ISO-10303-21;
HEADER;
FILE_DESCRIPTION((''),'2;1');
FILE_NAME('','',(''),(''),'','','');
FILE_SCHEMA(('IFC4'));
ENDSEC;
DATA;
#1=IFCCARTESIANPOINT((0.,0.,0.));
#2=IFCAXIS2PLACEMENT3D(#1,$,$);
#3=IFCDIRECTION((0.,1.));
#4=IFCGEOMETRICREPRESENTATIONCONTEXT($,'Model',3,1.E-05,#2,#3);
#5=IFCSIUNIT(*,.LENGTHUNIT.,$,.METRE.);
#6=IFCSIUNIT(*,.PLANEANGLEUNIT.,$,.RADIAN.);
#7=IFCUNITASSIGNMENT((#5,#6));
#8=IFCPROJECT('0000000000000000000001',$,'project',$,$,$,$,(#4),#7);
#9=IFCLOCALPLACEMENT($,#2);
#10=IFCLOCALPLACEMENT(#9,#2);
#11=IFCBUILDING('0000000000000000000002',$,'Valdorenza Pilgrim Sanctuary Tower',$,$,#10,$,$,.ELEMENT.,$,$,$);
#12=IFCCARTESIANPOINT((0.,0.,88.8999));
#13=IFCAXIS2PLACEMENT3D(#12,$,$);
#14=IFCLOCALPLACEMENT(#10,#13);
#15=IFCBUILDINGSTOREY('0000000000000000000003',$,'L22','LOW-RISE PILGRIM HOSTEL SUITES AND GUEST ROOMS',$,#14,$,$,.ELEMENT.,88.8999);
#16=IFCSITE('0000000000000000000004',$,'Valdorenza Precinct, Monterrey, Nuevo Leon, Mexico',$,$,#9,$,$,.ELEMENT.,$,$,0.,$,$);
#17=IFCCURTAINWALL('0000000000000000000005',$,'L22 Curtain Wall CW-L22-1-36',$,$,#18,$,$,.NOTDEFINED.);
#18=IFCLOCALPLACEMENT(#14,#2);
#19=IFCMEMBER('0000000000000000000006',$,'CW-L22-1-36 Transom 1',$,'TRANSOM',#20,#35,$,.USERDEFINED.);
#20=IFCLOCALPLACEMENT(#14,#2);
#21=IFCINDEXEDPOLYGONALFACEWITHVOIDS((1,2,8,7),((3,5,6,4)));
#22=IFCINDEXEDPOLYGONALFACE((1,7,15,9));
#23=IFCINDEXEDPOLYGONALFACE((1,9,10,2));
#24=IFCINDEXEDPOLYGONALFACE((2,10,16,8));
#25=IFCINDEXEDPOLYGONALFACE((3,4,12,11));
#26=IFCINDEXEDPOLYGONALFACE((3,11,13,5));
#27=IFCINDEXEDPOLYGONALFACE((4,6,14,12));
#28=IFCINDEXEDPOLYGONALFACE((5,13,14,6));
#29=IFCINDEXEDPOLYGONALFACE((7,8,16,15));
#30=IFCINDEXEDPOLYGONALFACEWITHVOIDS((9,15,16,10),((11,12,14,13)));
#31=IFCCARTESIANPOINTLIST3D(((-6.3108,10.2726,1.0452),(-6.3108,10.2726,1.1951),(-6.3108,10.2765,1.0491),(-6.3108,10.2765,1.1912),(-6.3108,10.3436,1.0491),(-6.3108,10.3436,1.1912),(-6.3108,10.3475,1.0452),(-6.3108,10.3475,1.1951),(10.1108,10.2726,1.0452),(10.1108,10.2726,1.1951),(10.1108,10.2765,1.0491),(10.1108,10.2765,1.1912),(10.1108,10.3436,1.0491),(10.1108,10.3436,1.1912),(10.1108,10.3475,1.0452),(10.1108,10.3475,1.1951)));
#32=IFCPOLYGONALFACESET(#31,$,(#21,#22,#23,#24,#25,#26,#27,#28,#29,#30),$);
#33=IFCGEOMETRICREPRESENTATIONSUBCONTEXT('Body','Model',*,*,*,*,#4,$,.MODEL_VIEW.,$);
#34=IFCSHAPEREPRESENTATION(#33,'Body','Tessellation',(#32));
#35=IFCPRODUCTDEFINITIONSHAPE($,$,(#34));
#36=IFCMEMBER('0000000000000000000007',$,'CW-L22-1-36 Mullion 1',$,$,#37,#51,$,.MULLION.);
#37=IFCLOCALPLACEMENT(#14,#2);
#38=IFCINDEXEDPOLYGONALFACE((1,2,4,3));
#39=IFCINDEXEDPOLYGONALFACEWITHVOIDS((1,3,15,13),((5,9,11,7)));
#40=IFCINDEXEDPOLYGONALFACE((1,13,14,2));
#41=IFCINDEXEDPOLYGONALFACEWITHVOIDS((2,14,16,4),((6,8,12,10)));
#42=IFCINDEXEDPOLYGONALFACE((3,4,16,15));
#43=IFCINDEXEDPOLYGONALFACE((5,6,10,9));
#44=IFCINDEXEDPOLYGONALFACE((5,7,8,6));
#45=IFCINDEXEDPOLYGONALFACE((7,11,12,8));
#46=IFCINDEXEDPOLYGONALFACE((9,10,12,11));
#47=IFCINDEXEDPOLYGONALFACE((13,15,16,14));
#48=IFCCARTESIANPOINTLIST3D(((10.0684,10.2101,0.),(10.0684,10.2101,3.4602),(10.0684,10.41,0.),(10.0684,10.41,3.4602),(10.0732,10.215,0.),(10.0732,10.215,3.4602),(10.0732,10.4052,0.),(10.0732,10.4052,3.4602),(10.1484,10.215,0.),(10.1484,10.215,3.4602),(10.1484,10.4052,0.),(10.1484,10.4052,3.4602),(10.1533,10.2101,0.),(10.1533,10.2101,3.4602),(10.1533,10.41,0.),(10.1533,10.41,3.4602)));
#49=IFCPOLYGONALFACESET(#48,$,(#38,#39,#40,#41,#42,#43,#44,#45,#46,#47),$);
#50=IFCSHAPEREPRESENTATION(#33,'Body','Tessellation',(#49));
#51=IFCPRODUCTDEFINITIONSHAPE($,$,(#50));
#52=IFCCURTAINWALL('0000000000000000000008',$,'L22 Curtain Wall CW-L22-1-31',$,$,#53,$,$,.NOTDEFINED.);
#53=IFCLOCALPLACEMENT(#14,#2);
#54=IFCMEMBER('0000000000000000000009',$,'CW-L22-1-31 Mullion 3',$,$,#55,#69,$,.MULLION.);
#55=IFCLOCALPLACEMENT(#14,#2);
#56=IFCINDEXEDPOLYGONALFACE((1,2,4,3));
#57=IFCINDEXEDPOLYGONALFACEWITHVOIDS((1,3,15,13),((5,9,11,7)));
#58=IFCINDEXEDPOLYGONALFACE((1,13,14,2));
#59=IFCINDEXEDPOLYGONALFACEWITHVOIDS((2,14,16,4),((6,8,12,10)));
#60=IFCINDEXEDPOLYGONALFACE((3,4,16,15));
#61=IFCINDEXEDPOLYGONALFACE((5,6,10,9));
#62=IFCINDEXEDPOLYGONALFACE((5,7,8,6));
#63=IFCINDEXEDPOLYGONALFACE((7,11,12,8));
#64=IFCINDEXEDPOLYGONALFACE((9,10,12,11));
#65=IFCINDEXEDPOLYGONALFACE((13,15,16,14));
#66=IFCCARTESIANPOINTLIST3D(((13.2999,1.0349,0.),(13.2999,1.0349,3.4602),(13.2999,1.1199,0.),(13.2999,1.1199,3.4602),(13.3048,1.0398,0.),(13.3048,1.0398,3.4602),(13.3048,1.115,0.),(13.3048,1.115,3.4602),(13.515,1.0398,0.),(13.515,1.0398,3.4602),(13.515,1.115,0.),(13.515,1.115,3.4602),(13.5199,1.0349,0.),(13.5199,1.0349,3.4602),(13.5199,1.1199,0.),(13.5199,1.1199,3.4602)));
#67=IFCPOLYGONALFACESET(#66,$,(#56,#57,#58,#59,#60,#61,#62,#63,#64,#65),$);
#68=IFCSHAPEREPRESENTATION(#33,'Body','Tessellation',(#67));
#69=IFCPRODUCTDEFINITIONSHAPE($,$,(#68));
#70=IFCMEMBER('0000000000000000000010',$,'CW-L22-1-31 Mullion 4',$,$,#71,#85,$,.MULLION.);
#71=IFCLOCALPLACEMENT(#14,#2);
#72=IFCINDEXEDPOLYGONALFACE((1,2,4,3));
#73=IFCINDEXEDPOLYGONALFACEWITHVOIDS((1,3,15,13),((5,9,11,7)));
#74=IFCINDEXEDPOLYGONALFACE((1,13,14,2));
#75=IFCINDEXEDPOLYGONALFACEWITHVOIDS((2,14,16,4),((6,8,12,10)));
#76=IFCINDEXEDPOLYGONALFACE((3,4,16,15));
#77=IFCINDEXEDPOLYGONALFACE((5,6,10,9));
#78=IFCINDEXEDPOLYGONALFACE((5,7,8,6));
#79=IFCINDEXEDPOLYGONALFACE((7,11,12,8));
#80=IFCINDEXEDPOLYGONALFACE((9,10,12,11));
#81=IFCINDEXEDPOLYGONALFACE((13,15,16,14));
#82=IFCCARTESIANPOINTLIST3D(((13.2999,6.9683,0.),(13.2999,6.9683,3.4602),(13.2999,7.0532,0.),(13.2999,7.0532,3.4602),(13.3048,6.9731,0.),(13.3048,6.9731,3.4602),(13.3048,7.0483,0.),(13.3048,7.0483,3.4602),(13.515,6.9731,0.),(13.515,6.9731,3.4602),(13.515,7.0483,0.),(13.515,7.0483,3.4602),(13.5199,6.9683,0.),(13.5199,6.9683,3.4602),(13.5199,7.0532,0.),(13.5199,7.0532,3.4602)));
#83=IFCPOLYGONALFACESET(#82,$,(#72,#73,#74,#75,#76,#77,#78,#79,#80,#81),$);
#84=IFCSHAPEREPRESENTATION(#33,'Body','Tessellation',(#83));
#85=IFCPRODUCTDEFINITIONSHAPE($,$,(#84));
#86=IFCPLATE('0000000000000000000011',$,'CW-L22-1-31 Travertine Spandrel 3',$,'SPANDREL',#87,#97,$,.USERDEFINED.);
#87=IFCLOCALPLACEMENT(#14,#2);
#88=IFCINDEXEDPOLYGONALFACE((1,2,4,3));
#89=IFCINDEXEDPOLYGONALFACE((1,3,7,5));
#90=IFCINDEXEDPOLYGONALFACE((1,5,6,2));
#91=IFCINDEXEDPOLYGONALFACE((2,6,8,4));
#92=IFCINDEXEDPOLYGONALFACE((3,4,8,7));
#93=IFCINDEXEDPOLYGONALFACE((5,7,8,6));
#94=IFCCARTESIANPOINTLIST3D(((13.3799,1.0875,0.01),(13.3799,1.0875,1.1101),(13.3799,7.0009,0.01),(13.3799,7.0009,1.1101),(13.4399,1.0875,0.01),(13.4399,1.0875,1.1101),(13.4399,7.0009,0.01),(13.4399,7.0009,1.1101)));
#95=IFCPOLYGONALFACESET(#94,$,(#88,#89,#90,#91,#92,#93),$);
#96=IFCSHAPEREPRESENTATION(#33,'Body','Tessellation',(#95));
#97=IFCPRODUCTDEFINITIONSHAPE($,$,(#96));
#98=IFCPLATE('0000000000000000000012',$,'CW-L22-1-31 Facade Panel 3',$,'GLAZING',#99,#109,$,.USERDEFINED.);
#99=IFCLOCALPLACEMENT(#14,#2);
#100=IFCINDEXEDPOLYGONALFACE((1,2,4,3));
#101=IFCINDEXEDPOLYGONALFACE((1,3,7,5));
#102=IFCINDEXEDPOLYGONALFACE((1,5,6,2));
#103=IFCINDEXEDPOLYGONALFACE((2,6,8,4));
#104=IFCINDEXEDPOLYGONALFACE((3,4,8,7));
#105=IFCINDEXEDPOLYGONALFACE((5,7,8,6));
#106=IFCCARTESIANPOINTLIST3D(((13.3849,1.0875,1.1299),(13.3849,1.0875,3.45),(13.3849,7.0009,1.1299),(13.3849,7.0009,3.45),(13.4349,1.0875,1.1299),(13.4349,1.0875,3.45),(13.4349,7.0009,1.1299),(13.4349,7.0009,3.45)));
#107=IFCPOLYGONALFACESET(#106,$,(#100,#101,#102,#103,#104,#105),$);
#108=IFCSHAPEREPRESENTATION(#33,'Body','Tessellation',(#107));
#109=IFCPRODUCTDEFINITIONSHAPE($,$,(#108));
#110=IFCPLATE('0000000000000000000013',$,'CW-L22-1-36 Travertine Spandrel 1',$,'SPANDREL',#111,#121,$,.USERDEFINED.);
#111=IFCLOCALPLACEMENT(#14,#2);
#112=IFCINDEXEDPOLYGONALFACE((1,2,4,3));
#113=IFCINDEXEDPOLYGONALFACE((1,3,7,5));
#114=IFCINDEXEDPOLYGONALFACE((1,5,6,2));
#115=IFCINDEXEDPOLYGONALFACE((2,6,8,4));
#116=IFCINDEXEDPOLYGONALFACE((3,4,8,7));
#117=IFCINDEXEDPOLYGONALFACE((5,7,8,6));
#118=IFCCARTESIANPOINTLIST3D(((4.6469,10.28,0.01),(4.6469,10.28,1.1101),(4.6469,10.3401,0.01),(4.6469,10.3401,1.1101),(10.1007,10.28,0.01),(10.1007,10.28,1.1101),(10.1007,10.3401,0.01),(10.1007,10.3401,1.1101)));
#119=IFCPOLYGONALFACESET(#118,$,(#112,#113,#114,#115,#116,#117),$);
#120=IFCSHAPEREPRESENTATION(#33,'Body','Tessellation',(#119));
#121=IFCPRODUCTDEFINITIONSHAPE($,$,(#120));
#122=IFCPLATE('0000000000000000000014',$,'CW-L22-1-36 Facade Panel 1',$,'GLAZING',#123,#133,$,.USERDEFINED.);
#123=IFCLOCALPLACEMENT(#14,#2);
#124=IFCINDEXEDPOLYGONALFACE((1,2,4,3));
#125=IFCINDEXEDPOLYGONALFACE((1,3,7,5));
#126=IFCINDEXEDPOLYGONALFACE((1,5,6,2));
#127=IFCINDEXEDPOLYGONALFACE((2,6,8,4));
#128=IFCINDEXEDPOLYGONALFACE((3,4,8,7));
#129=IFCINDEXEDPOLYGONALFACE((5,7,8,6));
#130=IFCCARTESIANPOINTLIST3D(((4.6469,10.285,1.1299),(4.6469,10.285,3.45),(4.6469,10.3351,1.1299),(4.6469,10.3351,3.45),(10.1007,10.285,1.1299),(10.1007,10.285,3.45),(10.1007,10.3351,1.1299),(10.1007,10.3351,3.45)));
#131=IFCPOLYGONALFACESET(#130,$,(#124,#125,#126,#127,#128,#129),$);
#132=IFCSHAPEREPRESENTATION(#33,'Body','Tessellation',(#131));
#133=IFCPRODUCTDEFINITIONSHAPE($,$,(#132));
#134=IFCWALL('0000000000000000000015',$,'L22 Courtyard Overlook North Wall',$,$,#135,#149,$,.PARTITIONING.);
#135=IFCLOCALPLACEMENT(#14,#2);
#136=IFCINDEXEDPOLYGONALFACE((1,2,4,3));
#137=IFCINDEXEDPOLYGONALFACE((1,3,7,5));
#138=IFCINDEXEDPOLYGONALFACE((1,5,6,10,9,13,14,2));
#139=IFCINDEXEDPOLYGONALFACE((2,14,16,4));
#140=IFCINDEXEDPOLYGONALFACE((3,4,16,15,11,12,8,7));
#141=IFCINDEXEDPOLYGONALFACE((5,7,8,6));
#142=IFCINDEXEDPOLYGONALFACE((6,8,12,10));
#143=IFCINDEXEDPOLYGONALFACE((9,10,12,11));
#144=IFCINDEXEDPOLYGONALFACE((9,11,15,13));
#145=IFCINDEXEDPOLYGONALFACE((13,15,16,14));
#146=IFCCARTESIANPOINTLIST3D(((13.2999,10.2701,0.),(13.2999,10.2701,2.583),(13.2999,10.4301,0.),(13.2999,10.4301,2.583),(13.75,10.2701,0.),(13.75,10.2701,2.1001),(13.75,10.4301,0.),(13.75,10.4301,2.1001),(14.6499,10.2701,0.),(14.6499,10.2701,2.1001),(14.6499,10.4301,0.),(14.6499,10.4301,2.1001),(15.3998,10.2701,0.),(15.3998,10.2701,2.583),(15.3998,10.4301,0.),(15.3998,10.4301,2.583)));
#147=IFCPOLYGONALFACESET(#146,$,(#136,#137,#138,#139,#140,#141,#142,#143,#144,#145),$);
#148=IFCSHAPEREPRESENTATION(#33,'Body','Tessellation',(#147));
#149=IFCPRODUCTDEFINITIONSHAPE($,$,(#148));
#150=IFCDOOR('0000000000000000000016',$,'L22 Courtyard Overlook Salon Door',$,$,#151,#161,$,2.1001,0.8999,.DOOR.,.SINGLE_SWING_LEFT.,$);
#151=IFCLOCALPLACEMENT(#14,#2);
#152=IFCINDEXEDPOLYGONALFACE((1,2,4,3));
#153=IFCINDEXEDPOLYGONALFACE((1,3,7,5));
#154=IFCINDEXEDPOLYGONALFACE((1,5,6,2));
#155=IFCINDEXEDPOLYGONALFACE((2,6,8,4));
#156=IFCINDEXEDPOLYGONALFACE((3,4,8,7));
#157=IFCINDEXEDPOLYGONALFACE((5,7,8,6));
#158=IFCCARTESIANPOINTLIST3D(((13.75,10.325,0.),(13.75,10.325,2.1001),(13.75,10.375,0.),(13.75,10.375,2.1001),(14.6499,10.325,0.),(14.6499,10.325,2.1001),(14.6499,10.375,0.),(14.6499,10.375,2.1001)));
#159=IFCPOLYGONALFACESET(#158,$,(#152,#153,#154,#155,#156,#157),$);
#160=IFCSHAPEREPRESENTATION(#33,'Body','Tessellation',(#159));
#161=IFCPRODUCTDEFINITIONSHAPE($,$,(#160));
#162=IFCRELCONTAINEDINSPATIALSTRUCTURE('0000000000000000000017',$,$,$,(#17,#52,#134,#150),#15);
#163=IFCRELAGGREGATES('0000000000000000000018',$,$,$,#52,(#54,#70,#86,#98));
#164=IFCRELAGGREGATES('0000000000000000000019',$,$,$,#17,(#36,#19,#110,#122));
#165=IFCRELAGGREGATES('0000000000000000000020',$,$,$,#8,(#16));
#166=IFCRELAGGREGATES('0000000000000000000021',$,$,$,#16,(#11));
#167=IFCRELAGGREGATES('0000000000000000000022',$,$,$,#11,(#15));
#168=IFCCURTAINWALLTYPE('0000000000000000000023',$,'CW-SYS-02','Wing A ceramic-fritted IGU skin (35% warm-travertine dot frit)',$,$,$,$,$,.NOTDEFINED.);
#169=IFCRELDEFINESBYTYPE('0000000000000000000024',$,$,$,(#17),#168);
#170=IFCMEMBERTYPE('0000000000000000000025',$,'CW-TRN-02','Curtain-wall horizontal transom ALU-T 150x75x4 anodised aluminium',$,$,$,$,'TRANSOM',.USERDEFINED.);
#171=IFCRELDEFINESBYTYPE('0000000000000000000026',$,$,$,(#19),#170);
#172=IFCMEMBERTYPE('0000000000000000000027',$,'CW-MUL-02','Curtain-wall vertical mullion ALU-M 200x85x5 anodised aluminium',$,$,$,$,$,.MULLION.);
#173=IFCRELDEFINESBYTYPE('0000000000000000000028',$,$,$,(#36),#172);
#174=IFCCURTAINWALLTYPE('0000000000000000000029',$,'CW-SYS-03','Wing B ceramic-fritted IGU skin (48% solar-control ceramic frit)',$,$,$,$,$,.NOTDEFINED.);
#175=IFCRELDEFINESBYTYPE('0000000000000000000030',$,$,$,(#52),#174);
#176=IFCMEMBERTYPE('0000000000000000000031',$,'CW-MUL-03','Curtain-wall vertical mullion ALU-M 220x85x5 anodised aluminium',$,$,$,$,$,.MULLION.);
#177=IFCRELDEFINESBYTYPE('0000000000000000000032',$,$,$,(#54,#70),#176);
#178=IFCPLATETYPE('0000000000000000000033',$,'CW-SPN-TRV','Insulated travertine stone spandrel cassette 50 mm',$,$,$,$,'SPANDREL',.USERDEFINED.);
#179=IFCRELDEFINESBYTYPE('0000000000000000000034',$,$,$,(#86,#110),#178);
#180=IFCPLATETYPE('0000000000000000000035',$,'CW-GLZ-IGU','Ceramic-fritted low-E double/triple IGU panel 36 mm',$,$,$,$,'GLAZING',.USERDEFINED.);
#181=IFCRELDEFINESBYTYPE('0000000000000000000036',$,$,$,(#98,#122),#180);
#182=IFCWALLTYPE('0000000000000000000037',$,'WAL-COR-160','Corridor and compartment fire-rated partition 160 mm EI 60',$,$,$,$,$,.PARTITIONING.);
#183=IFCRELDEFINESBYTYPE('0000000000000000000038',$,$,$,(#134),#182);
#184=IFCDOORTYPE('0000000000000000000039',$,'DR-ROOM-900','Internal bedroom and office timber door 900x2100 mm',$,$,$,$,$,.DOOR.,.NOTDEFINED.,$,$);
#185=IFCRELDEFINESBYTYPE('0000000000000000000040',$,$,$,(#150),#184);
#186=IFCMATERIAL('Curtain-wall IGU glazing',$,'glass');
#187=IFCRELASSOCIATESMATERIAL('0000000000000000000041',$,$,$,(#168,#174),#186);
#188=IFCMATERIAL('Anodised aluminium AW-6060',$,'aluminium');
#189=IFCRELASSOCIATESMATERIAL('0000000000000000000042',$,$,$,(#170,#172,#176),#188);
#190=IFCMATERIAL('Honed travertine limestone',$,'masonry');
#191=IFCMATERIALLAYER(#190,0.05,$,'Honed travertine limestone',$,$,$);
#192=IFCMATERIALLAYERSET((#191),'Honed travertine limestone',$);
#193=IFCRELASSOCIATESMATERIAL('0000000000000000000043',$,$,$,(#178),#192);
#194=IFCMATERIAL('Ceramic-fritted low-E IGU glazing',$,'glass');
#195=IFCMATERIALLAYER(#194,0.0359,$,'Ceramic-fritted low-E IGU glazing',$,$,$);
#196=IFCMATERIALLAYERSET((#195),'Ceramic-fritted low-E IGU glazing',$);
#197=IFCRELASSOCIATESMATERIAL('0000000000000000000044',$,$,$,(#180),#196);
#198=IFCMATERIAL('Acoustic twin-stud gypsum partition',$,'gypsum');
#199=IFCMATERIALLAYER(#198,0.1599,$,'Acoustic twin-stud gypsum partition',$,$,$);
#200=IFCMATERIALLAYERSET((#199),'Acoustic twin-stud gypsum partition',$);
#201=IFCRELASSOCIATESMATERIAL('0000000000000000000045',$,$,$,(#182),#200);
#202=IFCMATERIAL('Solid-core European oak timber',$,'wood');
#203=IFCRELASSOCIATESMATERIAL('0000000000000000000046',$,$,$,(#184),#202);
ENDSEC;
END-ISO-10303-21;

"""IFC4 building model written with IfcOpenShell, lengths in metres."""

from ifc_helpers import new_model, si_unit, direction, frame, frame_2d, origin, origin_2d, place, context, subcontext, project, spatial, rectangle, hollow_rectangle, extrude, source, transform, mapped, material, layer, layer_set, material_profile, profile_set, type_object, element, fill, aggregate, save


model = new_model("IFC4")

# Units and contexts
model_context = context("Model", 3, precision=1e-05, world=origin(), true_north=direction((0.0, 1.0)))
body_context = subcontext(model_context, "Body", "Model", "MODEL_VIEW")
ifc_project = project(units=[si_unit("LENGTHUNIT", "METRE"), si_unit("PLANEANGLEUNIT", "RADIAN")], contexts=[model_context])

# Site, building, storey
site_placement = place(None, origin())
site = spatial("IfcSite", under=ifc_project, at=site_placement, Name="Valdorenza Precinct, Monterrey, Nuevo Leon, Mexico", CompositionType="ELEMENT", RefElevation=0.0)
building_placement = place(site_placement, origin())
building = spatial("IfcBuilding", under=site, at=building_placement, Name="Valdorenza Pilgrim Sanctuary Tower", CompositionType="ELEMENT")
storey_placement = place(building_placement, frame((0.0, 0.0, 88.8999)))
storey = spatial("IfcBuildingStorey", under=building, at=storey_placement, Name="L22", Description="LOW-RISE PILGRIM HOSTEL SUITES AND GUEST ROOMS", CompositionType="ELEMENT", Elevation=88.8999)

# Curtain wall, members
ifc_material_1 = material(Name="Curtain-wall IGU glazing", Category="glass")
curtain_wall_type_1 = type_object("IfcCurtainWallType", Name="CW-SYS-02", Description="Wing A ceramic-fritted IGU skin (35% warm-travertine dot frit)", PredefinedType="NOTDEFINED", material=ifc_material_1)
curtain_wall_1_placement = place(storey_placement, origin())
curtain_wall_1 = element("IfcCurtainWall", 1, at=curtain_wall_1_placement, inside=storey, type_object=curtain_wall_type_1, Name="L22 Curtain Wall CW-L22-1-36", PredefinedType="NOTDEFINED")
ifc_material_2 = material(Name="Anodised aluminium AW-6060", Category="aluminium")
ifc_material_profile_1 = material_profile(ifc_material_2, hollow_rectangle(XDim=0.075, YDim=0.1499, WallThickness=0.0039, at=origin_2d()), Name="ALU-T 150x75x4")
ifc_profile_set_1 = profile_set([ifc_material_profile_1], Name="Anodised aluminium AW-6060")
member_type_1 = type_object("IfcMemberType", Name="CW-TRN-02", Description="Curtain-wall horizontal transom ALU-T 150x75x4 anodised aluminium", ElementType="TRANSOM", PredefinedType="USERDEFINED", material=ifc_profile_set_1)
shared_shape_1 = source(origin(), body_context, "Body", "SweptSolid", [
    extrude(hollow_rectangle(XDim=0.075, YDim=0.1499, WallThickness=0.0039, at=origin_2d()), origin(), (0.0, 0.0, 1.0), 16.4216),
])
member_1_placement = place(storey_placement, frame((10.1108, 10.3101, 1.1201), z_axis=(-1.0, 0.0, 0.0), x_axis=(0.0, -1.0, 0.0)))
member_1 = element("IfcMember", 2, at=member_1_placement, type_object=member_type_1, Name="CW-L22-1-36 Transom 1", ObjectType="TRANSOM", PredefinedType="USERDEFINED", context=body_context, shape_type="MappedRepresentation", body=[
    mapped(shared_shape_1, transform((0.0, 0.0, 0.0), x_axis=(1.0, 0.0, 0.0), y_axis=(0.0, 1.0, 0.0), z_axis=(0.0, 0.0, 1.0), scale=1.0)),
])
ifc_material_profile_2 = material_profile(ifc_material_2, hollow_rectangle(XDim=0.085, YDim=0.2, WallThickness=0.0049, at=origin_2d()), Name="ALU-M 200x85x5")
ifc_profile_set_2 = profile_set([ifc_material_profile_2], Name="Anodised aluminium AW-6060")
member_type_2 = type_object("IfcMemberType", Name="CW-MUL-02", Description="Curtain-wall vertical mullion ALU-M 200x85x5 anodised aluminium", PredefinedType="MULLION", material=ifc_profile_set_2)
shared_shape_2 = source(origin(), body_context, "Body", "SweptSolid", [
    extrude(hollow_rectangle(XDim=0.085, YDim=0.2, WallThickness=0.0049, at=origin_2d()), origin(), (0.0, 0.0, 1.0), 3.4602),
])
member_2_placement = place(storey_placement, frame((10.1108, 10.3101, 0.0), z_axis=(0.0, 0.0, 1.0), x_axis=(-1.0, 0.0, 0.0)))
member_2 = element("IfcMember", 3, at=member_2_placement, type_object=member_type_2, Name="CW-L22-1-36 Mullion 1", PredefinedType="MULLION", context=body_context, shape_type="MappedRepresentation", body=[
    mapped(shared_shape_2, transform((0.0, 0.0, 0.0), x_axis=(1.0, 0.0, 0.0), y_axis=(0.0, 1.0, 0.0), z_axis=(0.0, 0.0, 1.0), scale=1.0)),
])

# Curtain wall, members, plates
curtain_wall_type_2 = type_object("IfcCurtainWallType", Name="CW-SYS-03", Description="Wing B ceramic-fritted IGU skin (48% solar-control ceramic frit)", PredefinedType="NOTDEFINED", material=ifc_material_1)
curtain_wall_2_placement = place(storey_placement, origin())
curtain_wall_2 = element("IfcCurtainWall", 4, at=curtain_wall_2_placement, inside=storey, type_object=curtain_wall_type_2, Name="L22 Curtain Wall CW-L22-1-31", PredefinedType="NOTDEFINED")
ifc_material_profile_3 = material_profile(ifc_material_2, hollow_rectangle(XDim=0.085, YDim=0.22, WallThickness=0.0049, at=origin_2d()), Name="ALU-M 220x85x5")
ifc_profile_set_3 = profile_set([ifc_material_profile_3], Name="Anodised aluminium AW-6060")
member_type_3 = type_object("IfcMemberType", Name="CW-MUL-03", Description="Curtain-wall vertical mullion ALU-M 220x85x5 anodised aluminium", PredefinedType="MULLION", material=ifc_profile_set_3)
shared_shape_3 = source(origin(), body_context, "Body", "SweptSolid", [
    extrude(hollow_rectangle(XDim=0.085, YDim=0.22, WallThickness=0.0049, at=origin_2d()), origin(), (0.0, 0.0, 1.0), 3.4602),
])
member_3_placement = place(storey_placement, frame((13.4099, 1.0774, 0.0), z_axis=(0.0, 0.0, 1.0), x_axis=(0.0, 1.0, 0.0)))
member_3 = element("IfcMember", 5, at=member_3_placement, type_object=member_type_3, Name="CW-L22-1-31 Mullion 3", PredefinedType="MULLION", context=body_context, shape_type="MappedRepresentation", body=[
    mapped(shared_shape_3, transform((0.0, 0.0, 0.0), x_axis=(1.0, 0.0, 0.0), y_axis=(0.0, 1.0, 0.0), z_axis=(0.0, 0.0, 1.0), scale=1.0)),
])
member_4_placement = place(storey_placement, frame((13.4099, 7.0107, 0.0), z_axis=(0.0, 0.0, 1.0), x_axis=(0.0, 1.0, 0.0)))
member_4 = element("IfcMember", 6, at=member_4_placement, type_object=member_type_3, Name="CW-L22-1-31 Mullion 4", PredefinedType="MULLION", context=body_context, shape_type="MappedRepresentation", body=[
    mapped(shared_shape_3, transform((0.0, 0.0, 0.0), x_axis=(1.0, 0.0, 0.0), y_axis=(0.0, 1.0, 0.0), z_axis=(0.0, 0.0, 1.0), scale=1.0)),
])
ifc_material_3 = material(Name="Honed travertine limestone", Category="masonry")
ifc_layer_1 = layer(ifc_material_3, 0.05, Name="Honed travertine limestone")
ifc_layer_set_1 = layer_set([ifc_layer_1], Name="Honed travertine limestone")
plate_type_1 = type_object("IfcPlateType", Name="CW-SPN-TRV", Description="Insulated travertine stone spandrel cassette 50 mm", ElementType="SPANDREL", PredefinedType="USERDEFINED", material=ifc_layer_set_1)
shared_shape_4 = source(origin(), body_context, "Body", "SweptSolid", [
    extrude(rectangle(XDim=5.9133, YDim=0.0601, at=origin_2d()), origin(), (0.0, 0.0, 1.0), 1.1001),
])
plate_1_placement = place(storey_placement, frame((13.4099, 4.0442, 0.01), z_axis=(0.0, 0.0, 1.0), x_axis=(0.0, 1.0, 0.0)))
plate_1 = element("IfcPlate", 7, at=plate_1_placement, type_object=plate_type_1, Name="CW-L22-1-31 Travertine Spandrel 3", ObjectType="SPANDREL", PredefinedType="USERDEFINED", context=body_context, shape_type="MappedRepresentation", body=[
    mapped(shared_shape_4, transform((0.0, 0.0, 0.0), x_axis=(1.0, 0.0, 0.0), y_axis=(0.0, 1.0, 0.0), z_axis=(0.0, 0.0, 1.0), scale=1.0)),
])
ifc_material_4 = material(Name="Ceramic-fritted low-E IGU glazing", Category="glass")
ifc_layer_2 = layer(ifc_material_4, 0.0359, Name="Ceramic-fritted low-E IGU glazing")
ifc_layer_set_2 = layer_set([ifc_layer_2], Name="Ceramic-fritted low-E IGU glazing")
plate_type_2 = type_object("IfcPlateType", Name="CW-GLZ-IGU", Description="Ceramic-fritted low-E double/triple IGU panel 36 mm", ElementType="GLAZING", PredefinedType="USERDEFINED", material=ifc_layer_set_2)
shared_shape_5 = source(origin(), body_context, "Body", "SweptSolid", [
    extrude(rectangle(XDim=5.9133, YDim=0.05, at=origin_2d()), origin(), (0.0, 0.0, 1.0), 2.3201),
])
plate_2_placement = place(storey_placement, frame((13.4099, 4.0442, 1.1299), z_axis=(0.0, 0.0, 1.0), x_axis=(0.0, 1.0, 0.0)))
plate_2 = element("IfcPlate", 8, at=plate_2_placement, type_object=plate_type_2, Name="CW-L22-1-31 Facade Panel 3", ObjectType="GLAZING", PredefinedType="USERDEFINED", context=body_context, shape_type="MappedRepresentation", body=[
    mapped(shared_shape_5, transform((0.0, 0.0, 0.0), x_axis=(1.0, 0.0, 0.0), y_axis=(0.0, 1.0, 0.0), z_axis=(0.0, 0.0, 1.0), scale=1.0)),
])
aggregate(curtain_wall_2, [member_3, member_4, plate_1, plate_2])

# Plates
shared_shape_6 = source(origin(), body_context, "Body", "SweptSolid", [
    extrude(rectangle(XDim=5.4539, YDim=0.0601, at=origin_2d()), origin(), (0.0, 0.0, 1.0), 1.1001),
])
plate_3_placement = place(storey_placement, frame((7.3738, 10.3101, 0.01), z_axis=(0.0, 0.0, 1.0), x_axis=(-1.0, 0.0, 0.0)))
plate_3 = element("IfcPlate", 9, at=plate_3_placement, type_object=plate_type_1, Name="CW-L22-1-36 Travertine Spandrel 1", ObjectType="SPANDREL", PredefinedType="USERDEFINED", context=body_context, shape_type="MappedRepresentation", body=[
    mapped(shared_shape_6, transform((0.0, 0.0, 0.0), x_axis=(1.0, 0.0, 0.0), y_axis=(0.0, 1.0, 0.0), z_axis=(0.0, 0.0, 1.0), scale=1.0)),
])
shared_shape_7 = source(origin(), body_context, "Body", "SweptSolid", [
    extrude(rectangle(XDim=5.4539, YDim=0.05, at=origin_2d()), origin(), (0.0, 0.0, 1.0), 2.3201),
])
plate_4_placement = place(storey_placement, frame((7.3738, 10.3101, 1.1299), z_axis=(0.0, 0.0, 1.0), x_axis=(-1.0, 0.0, 0.0)))
plate_4 = element("IfcPlate", 10, at=plate_4_placement, type_object=plate_type_2, Name="CW-L22-1-36 Facade Panel 1", ObjectType="GLAZING", PredefinedType="USERDEFINED", context=body_context, shape_type="MappedRepresentation", body=[
    mapped(shared_shape_7, transform((0.0, 0.0, 0.0), x_axis=(1.0, 0.0, 0.0), y_axis=(0.0, 1.0, 0.0), z_axis=(0.0, 0.0, 1.0), scale=1.0)),
])
aggregate(curtain_wall_1, [member_2, member_1, plate_3, plate_4])

# Wall, opening, door
ifc_material_5 = material(Name="Acoustic twin-stud gypsum partition", Category="gypsum")
ifc_layer_3 = layer(ifc_material_5, 0.1599, Name="Acoustic twin-stud gypsum partition")
ifc_layer_set_3 = layer_set([ifc_layer_3], Name="Acoustic twin-stud gypsum partition")
wall_type_1 = type_object("IfcWallType", Name="WAL-COR-160", Description="Corridor and compartment fire-rated partition 160 mm EI 60", PredefinedType="PARTITIONING", material=ifc_layer_set_3)
wall_1_placement = place(storey_placement, frame((13.3, 10.3501, 0.0), z_axis=(0.0, 0.0, 1.0), x_axis=(1.0, 0.0, 0.0)))
wall_1 = element("IfcWall", 11, at=wall_1_placement, inside=storey, type_object=wall_type_1, Name="L22 Courtyard Overlook North Wall", PredefinedType="PARTITIONING", context=body_context, shape_type="SweptSolid", body=[
    extrude(rectangle(XDim=2.0999, YDim=0.1599, at=frame_2d((1.0498, 0.0))), origin(), (0.0, 0.0, 1.0), 2.583),
])
opening_placement = place(wall_1_placement, frame((0.45, 0.0, 0.0)))
opening = element("IfcOpeningElement", 12, at=opening_placement, cuts=wall_1, PredefinedType="OPENING", context=body_context, shape_type="SweptSolid", body=[
    extrude(rectangle(XDim=0.8999, YDim=2.1001, at=frame_2d((0.45, 1.05))), frame((0.0, 0.0947, 0.0), z_axis=(0.0, -1.0, 0.0), x_axis=(1.0, 0.0, 0.0)), (0.0, 0.0, 1.0), 0.1897),
])
ifc_material_6 = material(Name="Solid-core European oak timber", Category="wood")
door_type = type_object("IfcDoorType", Name="DR-ROOM-900", Description="Internal bedroom and office timber door 900x2100 mm", OperationType="NOTDEFINED", PredefinedType="DOOR", material=ifc_material_6)
door_placement = place(opening_placement, origin())
door = element("IfcDoor", 13, at=door_placement, inside=storey, type_object=door_type, Name="L22 Courtyard Overlook Salon Door", OperationType="SINGLE_SWING_LEFT", OverallHeight=2.1001, OverallWidth=0.8999, PredefinedType="DOOR", context=body_context, shape_type="SweptSolid", body=[
    extrude(rectangle(XDim=0.8999, YDim=2.1001, at=frame_2d((0.45, 1.05))), frame((0.0, 0.0249, 0.0), z_axis=(0.0, -1.0, 0.0), x_axis=(1.0, 0.0, 0.0)), (0.0, 0.0, 1.0), 0.05),
])
fill(opening, door)

save(model, "model.ifc")
